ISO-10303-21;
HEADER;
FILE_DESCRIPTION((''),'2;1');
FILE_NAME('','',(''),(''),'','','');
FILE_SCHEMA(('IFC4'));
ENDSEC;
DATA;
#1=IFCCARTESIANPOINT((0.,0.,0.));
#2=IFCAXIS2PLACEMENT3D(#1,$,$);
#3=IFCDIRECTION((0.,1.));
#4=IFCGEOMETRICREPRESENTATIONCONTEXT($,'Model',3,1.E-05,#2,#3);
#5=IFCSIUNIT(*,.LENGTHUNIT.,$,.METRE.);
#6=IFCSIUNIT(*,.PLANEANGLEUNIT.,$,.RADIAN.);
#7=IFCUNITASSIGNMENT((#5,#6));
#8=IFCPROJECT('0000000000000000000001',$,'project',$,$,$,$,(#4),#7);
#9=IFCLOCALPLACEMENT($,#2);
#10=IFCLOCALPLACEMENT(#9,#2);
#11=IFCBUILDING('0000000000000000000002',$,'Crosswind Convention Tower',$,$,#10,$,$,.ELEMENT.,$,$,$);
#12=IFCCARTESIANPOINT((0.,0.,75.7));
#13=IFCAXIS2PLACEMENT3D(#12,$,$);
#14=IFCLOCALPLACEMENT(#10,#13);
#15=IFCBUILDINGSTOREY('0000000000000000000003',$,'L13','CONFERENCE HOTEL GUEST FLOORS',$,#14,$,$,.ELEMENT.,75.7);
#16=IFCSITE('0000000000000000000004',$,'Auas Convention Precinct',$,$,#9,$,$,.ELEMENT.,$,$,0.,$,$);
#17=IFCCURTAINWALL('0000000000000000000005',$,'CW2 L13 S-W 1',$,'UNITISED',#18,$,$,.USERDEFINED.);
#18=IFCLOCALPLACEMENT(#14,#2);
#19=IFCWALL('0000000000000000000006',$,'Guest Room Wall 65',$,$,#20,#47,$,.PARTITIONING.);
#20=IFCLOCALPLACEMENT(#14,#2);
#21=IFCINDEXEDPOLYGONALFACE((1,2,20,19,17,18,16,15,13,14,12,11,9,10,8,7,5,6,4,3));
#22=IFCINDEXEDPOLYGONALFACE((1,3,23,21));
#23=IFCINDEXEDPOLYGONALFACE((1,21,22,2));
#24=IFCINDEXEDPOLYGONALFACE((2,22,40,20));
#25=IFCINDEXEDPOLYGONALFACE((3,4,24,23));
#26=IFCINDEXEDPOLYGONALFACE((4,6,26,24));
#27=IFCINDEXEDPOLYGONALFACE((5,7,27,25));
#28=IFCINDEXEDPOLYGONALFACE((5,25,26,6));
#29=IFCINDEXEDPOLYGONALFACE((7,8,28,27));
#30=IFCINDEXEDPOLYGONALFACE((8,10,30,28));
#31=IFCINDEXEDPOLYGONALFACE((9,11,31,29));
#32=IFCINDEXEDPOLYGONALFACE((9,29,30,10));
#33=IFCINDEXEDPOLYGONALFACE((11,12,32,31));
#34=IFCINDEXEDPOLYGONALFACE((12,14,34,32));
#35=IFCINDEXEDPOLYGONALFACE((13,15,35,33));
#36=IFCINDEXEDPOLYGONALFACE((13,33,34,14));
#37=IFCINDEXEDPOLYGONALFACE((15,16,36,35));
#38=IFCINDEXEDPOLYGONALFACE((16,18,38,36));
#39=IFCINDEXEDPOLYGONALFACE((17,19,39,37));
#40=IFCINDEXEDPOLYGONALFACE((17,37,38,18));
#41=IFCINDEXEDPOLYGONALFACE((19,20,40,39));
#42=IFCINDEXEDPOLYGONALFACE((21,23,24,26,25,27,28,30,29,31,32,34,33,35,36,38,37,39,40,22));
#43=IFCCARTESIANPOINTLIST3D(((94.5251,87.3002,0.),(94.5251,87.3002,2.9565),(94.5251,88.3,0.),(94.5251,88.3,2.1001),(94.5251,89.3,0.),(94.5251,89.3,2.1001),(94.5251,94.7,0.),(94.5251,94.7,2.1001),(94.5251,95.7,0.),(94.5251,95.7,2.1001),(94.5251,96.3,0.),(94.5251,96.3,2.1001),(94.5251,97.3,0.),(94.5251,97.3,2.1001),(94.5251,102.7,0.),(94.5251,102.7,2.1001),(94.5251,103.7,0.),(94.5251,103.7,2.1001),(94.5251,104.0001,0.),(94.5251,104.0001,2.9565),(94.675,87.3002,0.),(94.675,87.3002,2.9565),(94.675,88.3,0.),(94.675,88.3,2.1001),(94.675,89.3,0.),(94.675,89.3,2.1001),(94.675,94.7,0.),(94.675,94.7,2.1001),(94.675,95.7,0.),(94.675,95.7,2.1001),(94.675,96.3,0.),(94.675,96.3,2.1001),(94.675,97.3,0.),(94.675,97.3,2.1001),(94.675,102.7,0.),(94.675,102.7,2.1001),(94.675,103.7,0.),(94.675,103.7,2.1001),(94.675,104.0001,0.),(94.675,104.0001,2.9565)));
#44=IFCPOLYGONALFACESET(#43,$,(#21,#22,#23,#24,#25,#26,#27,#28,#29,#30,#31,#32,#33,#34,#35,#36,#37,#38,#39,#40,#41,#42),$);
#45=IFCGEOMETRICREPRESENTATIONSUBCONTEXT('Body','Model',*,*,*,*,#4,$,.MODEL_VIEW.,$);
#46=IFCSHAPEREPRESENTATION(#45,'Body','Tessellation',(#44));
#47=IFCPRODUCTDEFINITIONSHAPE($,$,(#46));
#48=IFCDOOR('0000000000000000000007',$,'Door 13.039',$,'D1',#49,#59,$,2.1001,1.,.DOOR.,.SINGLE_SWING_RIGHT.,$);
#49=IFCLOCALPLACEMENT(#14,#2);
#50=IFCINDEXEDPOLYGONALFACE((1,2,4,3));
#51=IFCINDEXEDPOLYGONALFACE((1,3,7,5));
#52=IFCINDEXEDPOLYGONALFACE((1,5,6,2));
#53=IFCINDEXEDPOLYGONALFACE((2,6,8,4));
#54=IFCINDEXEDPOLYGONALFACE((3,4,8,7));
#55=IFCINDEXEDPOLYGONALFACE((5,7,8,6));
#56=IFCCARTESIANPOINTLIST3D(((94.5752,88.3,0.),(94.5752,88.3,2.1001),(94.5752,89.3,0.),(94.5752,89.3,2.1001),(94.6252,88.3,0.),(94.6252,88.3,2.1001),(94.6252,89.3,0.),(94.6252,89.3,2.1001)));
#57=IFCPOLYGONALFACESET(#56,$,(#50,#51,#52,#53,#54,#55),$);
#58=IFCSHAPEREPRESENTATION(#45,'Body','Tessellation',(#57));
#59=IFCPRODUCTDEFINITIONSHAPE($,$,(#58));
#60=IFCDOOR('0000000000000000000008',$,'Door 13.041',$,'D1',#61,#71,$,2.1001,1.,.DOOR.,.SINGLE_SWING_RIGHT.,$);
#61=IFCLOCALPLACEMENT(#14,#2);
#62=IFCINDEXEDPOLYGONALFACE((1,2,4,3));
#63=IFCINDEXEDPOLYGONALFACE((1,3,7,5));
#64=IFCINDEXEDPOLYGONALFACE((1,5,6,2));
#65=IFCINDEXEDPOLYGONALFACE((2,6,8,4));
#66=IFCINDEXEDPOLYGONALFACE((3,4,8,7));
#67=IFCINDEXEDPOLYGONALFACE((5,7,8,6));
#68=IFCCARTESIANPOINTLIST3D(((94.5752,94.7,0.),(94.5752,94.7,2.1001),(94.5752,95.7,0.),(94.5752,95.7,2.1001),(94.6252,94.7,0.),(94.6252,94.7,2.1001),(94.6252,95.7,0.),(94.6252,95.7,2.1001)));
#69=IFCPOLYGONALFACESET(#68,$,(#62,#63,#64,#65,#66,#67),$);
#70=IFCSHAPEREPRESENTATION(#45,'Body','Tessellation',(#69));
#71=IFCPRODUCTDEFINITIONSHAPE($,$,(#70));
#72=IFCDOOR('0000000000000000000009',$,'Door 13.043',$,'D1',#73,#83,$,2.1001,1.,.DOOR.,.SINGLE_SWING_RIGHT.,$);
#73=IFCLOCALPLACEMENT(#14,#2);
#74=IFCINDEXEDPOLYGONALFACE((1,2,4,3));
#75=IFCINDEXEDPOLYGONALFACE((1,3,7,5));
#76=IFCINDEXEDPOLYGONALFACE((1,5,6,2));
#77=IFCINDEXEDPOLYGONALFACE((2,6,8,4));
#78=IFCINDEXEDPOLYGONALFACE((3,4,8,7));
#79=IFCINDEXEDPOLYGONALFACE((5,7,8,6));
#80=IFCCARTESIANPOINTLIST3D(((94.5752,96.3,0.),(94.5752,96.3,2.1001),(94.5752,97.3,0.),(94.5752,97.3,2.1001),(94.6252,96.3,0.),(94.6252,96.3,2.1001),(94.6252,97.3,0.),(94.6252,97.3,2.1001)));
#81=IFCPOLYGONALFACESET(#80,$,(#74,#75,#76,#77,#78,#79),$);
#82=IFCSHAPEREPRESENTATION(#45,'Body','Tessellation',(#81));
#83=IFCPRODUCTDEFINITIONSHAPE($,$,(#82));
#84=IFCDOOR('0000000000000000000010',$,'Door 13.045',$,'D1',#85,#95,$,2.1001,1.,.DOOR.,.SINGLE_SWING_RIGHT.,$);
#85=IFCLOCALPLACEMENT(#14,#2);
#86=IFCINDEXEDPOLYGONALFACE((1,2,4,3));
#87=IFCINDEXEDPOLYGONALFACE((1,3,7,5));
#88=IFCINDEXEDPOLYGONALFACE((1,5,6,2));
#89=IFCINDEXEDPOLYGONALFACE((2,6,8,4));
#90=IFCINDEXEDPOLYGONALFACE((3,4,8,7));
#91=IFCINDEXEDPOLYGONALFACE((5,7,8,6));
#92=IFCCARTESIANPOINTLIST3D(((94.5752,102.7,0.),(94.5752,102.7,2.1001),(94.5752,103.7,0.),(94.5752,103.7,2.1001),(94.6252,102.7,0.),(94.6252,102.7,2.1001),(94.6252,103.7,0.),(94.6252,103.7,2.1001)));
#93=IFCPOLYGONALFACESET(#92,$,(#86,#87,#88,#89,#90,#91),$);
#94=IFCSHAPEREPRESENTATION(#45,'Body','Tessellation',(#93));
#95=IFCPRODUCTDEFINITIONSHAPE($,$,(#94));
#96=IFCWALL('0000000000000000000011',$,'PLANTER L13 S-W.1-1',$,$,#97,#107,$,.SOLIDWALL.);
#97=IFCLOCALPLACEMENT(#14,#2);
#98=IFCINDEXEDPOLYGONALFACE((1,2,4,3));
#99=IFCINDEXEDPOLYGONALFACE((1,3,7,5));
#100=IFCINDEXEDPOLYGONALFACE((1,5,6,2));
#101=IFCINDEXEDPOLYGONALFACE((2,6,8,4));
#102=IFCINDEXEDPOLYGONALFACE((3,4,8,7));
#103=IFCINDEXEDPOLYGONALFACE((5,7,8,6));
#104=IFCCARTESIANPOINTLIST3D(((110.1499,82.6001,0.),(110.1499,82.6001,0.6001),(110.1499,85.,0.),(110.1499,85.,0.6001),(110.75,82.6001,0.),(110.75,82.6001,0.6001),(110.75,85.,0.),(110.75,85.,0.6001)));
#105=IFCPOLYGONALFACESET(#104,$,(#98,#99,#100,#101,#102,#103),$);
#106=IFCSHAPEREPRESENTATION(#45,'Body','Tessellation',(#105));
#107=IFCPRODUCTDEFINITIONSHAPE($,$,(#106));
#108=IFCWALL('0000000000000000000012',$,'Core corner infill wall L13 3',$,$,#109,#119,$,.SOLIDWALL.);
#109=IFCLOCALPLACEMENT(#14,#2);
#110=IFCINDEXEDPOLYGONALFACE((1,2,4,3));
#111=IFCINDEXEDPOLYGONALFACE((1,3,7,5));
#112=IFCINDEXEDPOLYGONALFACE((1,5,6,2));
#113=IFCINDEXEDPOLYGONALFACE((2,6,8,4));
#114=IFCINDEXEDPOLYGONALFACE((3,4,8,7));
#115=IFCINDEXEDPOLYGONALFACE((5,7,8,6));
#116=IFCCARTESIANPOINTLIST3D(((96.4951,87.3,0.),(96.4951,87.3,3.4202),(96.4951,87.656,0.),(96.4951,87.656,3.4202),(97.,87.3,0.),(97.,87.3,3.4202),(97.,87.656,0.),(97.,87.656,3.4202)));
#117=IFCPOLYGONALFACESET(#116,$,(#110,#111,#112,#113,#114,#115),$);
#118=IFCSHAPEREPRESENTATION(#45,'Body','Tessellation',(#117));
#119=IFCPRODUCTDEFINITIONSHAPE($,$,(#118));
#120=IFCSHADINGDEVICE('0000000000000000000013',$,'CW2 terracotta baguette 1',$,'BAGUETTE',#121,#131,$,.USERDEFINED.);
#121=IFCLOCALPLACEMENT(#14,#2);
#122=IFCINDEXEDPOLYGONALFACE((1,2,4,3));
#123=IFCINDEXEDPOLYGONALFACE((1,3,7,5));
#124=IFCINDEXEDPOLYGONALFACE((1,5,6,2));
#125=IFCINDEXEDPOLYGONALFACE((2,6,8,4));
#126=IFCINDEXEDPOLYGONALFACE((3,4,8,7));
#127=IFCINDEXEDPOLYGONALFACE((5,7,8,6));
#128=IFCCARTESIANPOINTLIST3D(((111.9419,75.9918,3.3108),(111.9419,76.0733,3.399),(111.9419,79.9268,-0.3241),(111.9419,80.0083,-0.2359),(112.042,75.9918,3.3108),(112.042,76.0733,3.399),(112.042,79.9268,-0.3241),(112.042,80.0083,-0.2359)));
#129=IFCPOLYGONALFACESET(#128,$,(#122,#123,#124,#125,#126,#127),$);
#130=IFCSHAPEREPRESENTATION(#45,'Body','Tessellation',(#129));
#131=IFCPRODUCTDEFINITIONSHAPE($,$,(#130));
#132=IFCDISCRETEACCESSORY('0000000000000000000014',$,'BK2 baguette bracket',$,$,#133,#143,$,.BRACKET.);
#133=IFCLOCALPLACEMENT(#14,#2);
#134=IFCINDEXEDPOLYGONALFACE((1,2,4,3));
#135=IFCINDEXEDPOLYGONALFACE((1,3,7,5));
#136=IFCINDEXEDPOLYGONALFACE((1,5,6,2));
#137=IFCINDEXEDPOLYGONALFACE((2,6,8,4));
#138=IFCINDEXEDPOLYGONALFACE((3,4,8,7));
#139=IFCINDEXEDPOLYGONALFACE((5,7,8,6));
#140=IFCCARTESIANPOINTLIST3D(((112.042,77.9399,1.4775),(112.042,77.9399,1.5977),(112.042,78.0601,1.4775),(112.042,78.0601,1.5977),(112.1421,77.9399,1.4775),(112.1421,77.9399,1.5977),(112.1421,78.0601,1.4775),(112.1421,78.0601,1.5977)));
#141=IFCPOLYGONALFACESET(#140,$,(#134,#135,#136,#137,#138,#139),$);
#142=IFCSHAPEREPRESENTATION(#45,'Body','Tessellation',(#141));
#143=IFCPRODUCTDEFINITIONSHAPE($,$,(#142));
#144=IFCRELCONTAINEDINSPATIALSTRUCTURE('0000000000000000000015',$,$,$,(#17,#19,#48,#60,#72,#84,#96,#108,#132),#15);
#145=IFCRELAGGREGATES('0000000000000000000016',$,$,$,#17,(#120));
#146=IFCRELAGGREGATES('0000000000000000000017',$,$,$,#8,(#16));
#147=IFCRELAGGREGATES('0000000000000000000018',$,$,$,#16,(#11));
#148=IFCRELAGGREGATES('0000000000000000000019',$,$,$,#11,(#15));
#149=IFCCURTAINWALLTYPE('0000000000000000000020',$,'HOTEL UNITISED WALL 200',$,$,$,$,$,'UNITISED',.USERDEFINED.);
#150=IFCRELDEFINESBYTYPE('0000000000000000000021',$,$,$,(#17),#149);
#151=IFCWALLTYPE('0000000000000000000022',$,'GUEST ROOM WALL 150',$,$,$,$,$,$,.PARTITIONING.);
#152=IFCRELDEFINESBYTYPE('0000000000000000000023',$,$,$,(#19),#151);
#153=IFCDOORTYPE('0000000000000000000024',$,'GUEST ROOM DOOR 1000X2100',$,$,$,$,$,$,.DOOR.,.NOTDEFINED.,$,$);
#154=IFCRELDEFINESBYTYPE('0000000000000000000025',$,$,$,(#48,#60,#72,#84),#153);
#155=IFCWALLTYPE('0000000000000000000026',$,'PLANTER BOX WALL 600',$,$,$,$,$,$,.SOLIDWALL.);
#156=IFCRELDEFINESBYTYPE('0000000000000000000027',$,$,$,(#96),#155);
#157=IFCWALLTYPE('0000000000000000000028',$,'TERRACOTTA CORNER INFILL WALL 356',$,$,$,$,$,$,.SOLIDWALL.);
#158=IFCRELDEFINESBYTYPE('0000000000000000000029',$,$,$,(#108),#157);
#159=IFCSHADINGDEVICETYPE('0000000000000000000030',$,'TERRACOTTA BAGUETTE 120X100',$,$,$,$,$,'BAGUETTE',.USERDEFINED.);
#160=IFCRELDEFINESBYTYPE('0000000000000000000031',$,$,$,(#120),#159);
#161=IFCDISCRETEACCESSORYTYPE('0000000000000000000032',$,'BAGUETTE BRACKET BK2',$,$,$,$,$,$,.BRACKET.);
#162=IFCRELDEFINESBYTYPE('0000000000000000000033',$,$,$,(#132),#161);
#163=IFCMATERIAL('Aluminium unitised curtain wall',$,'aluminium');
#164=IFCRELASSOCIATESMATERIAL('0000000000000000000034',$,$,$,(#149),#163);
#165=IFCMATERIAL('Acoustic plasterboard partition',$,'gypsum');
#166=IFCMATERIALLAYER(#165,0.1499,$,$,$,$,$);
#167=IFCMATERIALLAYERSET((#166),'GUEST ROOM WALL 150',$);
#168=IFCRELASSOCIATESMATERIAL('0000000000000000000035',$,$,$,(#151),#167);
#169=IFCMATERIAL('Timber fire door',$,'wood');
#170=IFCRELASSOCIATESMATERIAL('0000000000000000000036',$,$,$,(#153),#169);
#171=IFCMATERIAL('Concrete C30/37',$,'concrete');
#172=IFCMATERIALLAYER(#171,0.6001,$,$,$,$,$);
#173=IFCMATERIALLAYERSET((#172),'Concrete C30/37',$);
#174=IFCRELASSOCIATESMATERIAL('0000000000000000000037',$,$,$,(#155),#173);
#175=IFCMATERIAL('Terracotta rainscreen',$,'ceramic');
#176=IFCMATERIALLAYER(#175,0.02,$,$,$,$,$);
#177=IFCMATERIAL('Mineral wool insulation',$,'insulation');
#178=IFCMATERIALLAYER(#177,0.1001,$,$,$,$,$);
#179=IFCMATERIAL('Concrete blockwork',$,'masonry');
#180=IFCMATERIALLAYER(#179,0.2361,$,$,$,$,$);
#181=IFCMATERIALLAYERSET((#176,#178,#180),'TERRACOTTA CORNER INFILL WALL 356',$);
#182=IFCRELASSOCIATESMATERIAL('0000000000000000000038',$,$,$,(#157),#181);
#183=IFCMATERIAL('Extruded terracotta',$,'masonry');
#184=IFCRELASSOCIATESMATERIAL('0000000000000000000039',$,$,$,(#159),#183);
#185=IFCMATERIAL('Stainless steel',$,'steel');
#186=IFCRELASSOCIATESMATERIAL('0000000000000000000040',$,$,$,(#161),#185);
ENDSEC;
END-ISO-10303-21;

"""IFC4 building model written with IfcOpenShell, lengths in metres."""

from ifc_helpers import new_model, si_unit, direction, frame, frame_2d, origin, origin_2d, place, context, subcontext, project, spatial, rectangle, extrude, material, layer, layer_set, material_profile, profile_set, type_object, element, fill, aggregate, save


model = new_model("IFC4")

# Units and contexts
model_context = context("Model", 3, precision=1e-05, world=origin(), true_north=direction((0.0, 1.0)))
body_context = subcontext(model_context, "Body", "Model", "MODEL_VIEW")
ifc_project = project(units=[si_unit("LENGTHUNIT", "METRE"), si_unit("PLANEANGLEUNIT", "RADIAN")], contexts=[model_context])

# Site, building, storey
site_placement = place(None, origin())
site = spatial("IfcSite", under=ifc_project, at=site_placement, Name="Auas Convention Precinct", CompositionType="ELEMENT", RefElevation=0.0)
building_placement = place(site_placement, origin())
building = spatial("IfcBuilding", under=site, at=building_placement, Name="Crosswind Convention Tower", CompositionType="ELEMENT")
storey_placement = place(building_placement, frame((0.0, 0.0, 75.7)))
storey = spatial("IfcBuildingStorey", under=building, at=storey_placement, Name="L13", Description="CONFERENCE HOTEL GUEST FLOORS", CompositionType="ELEMENT", Elevation=75.7)

# Shared definitions
ifc_material_1 = material(Name="Aluminium unitised curtain wall", Category="aluminium")

# Curtain wall
curtain_wall_type_1 = type_object("IfcCurtainWallType", Name="HOTEL UNITISED WALL 200", ElementType="UNITISED", PredefinedType="USERDEFINED", material=ifc_material_1)
curtain_wall_1_placement = place(storey_placement, origin())
curtain_wall_1 = element("IfcCurtainWall", 1, at=curtain_wall_1_placement, inside=storey, type_object=curtain_wall_type_1, Name="CW2 L13 S-W 1", ObjectType="UNITISED", PredefinedType="USERDEFINED")

# Wall, openings, doors
ifc_material_2 = material(Name="Acoustic plasterboard partition", Category="gypsum")
ifc_layer_1 = layer(ifc_material_2, 0.1499)
ifc_layer_set_1 = layer_set([ifc_layer_1], Name="GUEST ROOM WALL 150")
wall_type_1 = type_object("IfcWallType", Name="GUEST ROOM WALL 150", PredefinedType="PARTITIONING", material=ifc_layer_set_1)
wall_1_placement = place(storey_placement, frame((94.6001, 87.3, 0.0), z_axis=(0.0, 0.0, 1.0), x_axis=(0.0, 1.0, 0.0)))
wall_1 = element("IfcWall", 2, at=wall_1_placement, inside=storey, type_object=wall_type_1, Name="Guest Room Wall 65", PredefinedType="PARTITIONING", context=body_context, shape_type="SweptSolid", body=[
    extrude(rectangle(XDim=16.7, YDim=0.1499, at=frame_2d((8.3501, 0.0))), origin(), (0.0, 0.0, 1.0), 2.9565),
])
opening_1_placement = place(wall_1_placement, frame((1.0, 0.0, 0.0)))
opening_1 = element("IfcOpeningElement", 3, at=opening_1_placement, cuts=wall_1, PredefinedType="OPENING", context=body_context, shape_type="SweptSolid", body=[
    extrude(rectangle(XDim=1.0, YDim=2.1001, at=frame_2d((0.5, 1.05))), frame((0.0, 0.085, 0.0), z_axis=(0.0, -1.0, 0.0), x_axis=(1.0, 0.0, 0.0)), (0.0, 0.0, 1.0), 0.1699),
])
opening_2_placement = place(wall_1_placement, frame((7.3999, 0.0, 0.0)))
opening_2 = element("IfcOpeningElement", 4, at=opening_2_placement, cuts=wall_1, PredefinedType="OPENING", context=body_context, shape_type="SweptSolid", body=[
    extrude(rectangle(XDim=1.0, YDim=2.1001, at=frame_2d((0.5, 1.05))), frame((0.0, 0.085, 0.0), z_axis=(0.0, -1.0, 0.0), x_axis=(1.0, 0.0, 0.0)), (0.0, 0.0, 1.0), 0.1699),
])
opening_3_placement = place(wall_1_placement, frame((9.0, 0.0, 0.0)))
opening_3 = element("IfcOpeningElement", 5, at=opening_3_placement, cuts=wall_1, PredefinedType="OPENING", context=body_context, shape_type="SweptSolid", body=[
    extrude(rectangle(XDim=1.0, YDim=2.1001, at=frame_2d((0.5, 1.05))), frame((0.0, 0.085, 0.0), z_axis=(0.0, -1.0, 0.0), x_axis=(1.0, 0.0, 0.0)), (0.0, 0.0, 1.0), 0.1699),
])
opening_4_placement = place(wall_1_placement, frame((15.3999, 0.0, 0.0)))
opening_4 = element("IfcOpeningElement", 6, at=opening_4_placement, cuts=wall_1, PredefinedType="OPENING", context=body_context, shape_type="SweptSolid", body=[
    extrude(rectangle(XDim=1.0, YDim=2.1001, at=frame_2d((0.5, 1.05))), frame((0.0, 0.085, 0.0), z_axis=(0.0, -1.0, 0.0), x_axis=(1.0, 0.0, 0.0)), (0.0, 0.0, 1.0), 0.1699),
])
ifc_material_3 = material(Name="Timber fire door", Category="wood")
door_type = type_object("IfcDoorType", Name="GUEST ROOM DOOR 1000X2100", OperationType="NOTDEFINED", PredefinedType="DOOR", material=ifc_material_3)
door_1_placement = place(opening_1_placement, origin())
door_1 = element("IfcDoor", 7, at=door_1_placement, inside=storey, type_object=door_type, Name="Door 13.039", ObjectType="D1", OperationType="SINGLE_SWING_RIGHT", OverallHeight=2.1001, OverallWidth=1.0, PredefinedType="DOOR", context=body_context, shape_type="SweptSolid", body=[
    extrude(rectangle(XDim=1.0, YDim=2.1001, at=frame_2d((0.5, 1.05))), frame((0.0, 0.0249, 0.0), z_axis=(0.0, -1.0, 0.0), x_axis=(1.0, 0.0, 0.0)), (0.0, 0.0, 1.0), 0.05),
])
fill(opening_1, door_1)
door_2_placement = place(opening_2_placement, origin())
door_2 = element("IfcDoor", 8, at=door_2_placement, inside=storey, type_object=door_type, Name="Door 13.041", ObjectType="D1", OperationType="SINGLE_SWING_RIGHT", OverallHeight=2.1001, OverallWidth=1.0, PredefinedType="DOOR", context=body_context, shape_type="SweptSolid", body=[
    extrude(rectangle(XDim=1.0, YDim=2.1001, at=frame_2d((0.5, 1.05))), frame((0.0, 0.0249, 0.0), z_axis=(0.0, -1.0, 0.0), x_axis=(1.0, 0.0, 0.0)), (0.0, 0.0, 1.0), 0.05),
])
fill(opening_2, door_2)
door_3_placement = place(opening_3_placement, origin())
door_3 = element("IfcDoor", 9, at=door_3_placement, inside=storey, type_object=door_type, Name="Door 13.043", ObjectType="D1", OperationType="SINGLE_SWING_RIGHT", OverallHeight=2.1001, OverallWidth=1.0, PredefinedType="DOOR", context=body_context, shape_type="SweptSolid", body=[
    extrude(rectangle(XDim=1.0, YDim=2.1001, at=frame_2d((0.5, 1.05))), frame((0.0, 0.0249, 0.0), z_axis=(0.0, -1.0, 0.0), x_axis=(1.0, 0.0, 0.0)), (0.0, 0.0, 1.0), 0.05),
])
fill(opening_3, door_3)
door_4_placement = place(opening_4_placement, origin())
door_4 = element("IfcDoor", 10, at=door_4_placement, inside=storey, type_object=door_type, Name="Door 13.045", ObjectType="D1", OperationType="SINGLE_SWING_RIGHT", OverallHeight=2.1001, OverallWidth=1.0, PredefinedType="DOOR", context=body_context, shape_type="SweptSolid", body=[
    extrude(rectangle(XDim=1.0, YDim=2.1001, at=frame_2d((0.5, 1.05))), frame((0.0, 0.0249, 0.0), z_axis=(0.0, -1.0, 0.0), x_axis=(1.0, 0.0, 0.0)), (0.0, 0.0, 1.0), 0.05),
])
fill(opening_4, door_4)

# Walls
ifc_material_4 = material(Name="Concrete C30/37", Category="concrete")
ifc_layer_2 = layer(ifc_material_4, 0.6001)
ifc_layer_set_2 = layer_set([ifc_layer_2], Name="Concrete C30/37")
wall_type_2 = type_object("IfcWallType", Name="PLANTER BOX WALL 600", PredefinedType="SOLIDWALL", material=ifc_layer_set_2)
wall_2_placement = place(storey_placement, frame((110.45, 85.0, 0.0), z_axis=(0.0, 0.0, 1.0), x_axis=(0.0, -1.0, 0.0)))
element("IfcWall", 11, at=wall_2_placement, inside=storey, type_object=wall_type_2, Name="PLANTER L13 S-W.1-1", PredefinedType="SOLIDWALL", context=body_context, shape_type="SweptSolid", body=[
    extrude(rectangle(XDim=2.3999, YDim=0.6001, at=frame_2d((1.2, 0.0))), origin(), (0.0, 0.0, 1.0), 0.6001),
])
ifc_material_5 = material(Name="Terracotta rainscreen", Category="ceramic")
ifc_layer_3 = layer(ifc_material_5, 0.02)
ifc_material_6 = material(Name="Mineral wool insulation", Category="insulation")
ifc_layer_4 = layer(ifc_material_6, 0.1001)
ifc_material_7 = material(Name="Concrete blockwork", Category="masonry")
ifc_layer_5 = layer(ifc_material_7, 0.2361)
ifc_layer_set_3 = layer_set([ifc_layer_3, ifc_layer_4, ifc_layer_5], Name="TERRACOTTA CORNER INFILL WALL 356")
wall_type_3 = type_object("IfcWallType", Name="TERRACOTTA CORNER INFILL WALL 356", PredefinedType="SOLIDWALL", material=ifc_layer_set_3)
wall_3_placement = place(storey_placement, frame((96.4951, 87.478, 0.0), z_axis=(0.0, 0.0, 1.0), x_axis=(1.0, 0.0, 0.0)))
element("IfcWall", 12, at=wall_3_placement, inside=storey, type_object=wall_type_3, Name="Core corner infill wall L13 3", PredefinedType="SOLIDWALL", context=body_context, shape_type="SweptSolid", body=[
    extrude(rectangle(XDim=0.5049, YDim=0.356, at=frame_2d((0.2524, 0.0))), origin(), (0.0, 0.0, 1.0), 3.4202),
])

# Shading device
ifc_material_8 = material(Name="Extruded terracotta", Category="masonry")
ifc_material_profile_1 = material_profile(ifc_material_8, rectangle(XDim=0.1001, YDim=0.1201, at=origin_2d()), Name="TC 100X120")
ifc_profile_set_1 = profile_set([ifc_material_profile_1], Name="Extruded terracotta")
shading_device_type = type_object("IfcShadingDeviceType", Name="TERRACOTTA BAGUETTE 120X100", ElementType="BAGUETTE", PredefinedType="USERDEFINED", material=ifc_profile_set_1)
shading_device_placement = place(storey_placement, frame((111.9919, 79.9675, -0.28), z_axis=(0.0, -0.734557, 0.678547), x_axis=(1.0, 0.0, 0.0)))
shading_device = element("IfcShadingDevice", 13, at=shading_device_placement, type_object=shading_device_type, Name="CW2 terracotta baguette 1", ObjectType="BAGUETTE", PredefinedType="USERDEFINED", context=body_context, shape_type="SweptSolid", body=[
    extrude(rectangle(XDim=0.1001, YDim=0.1201, at=origin_2d()), origin(), (0.0, 0.0, 1.0), 5.3569),
])
aggregate(curtain_wall_1, [shading_device])

# Discrete accessory
ifc_material_9 = material(Name="Stainless steel", Category="steel")
discrete_accessory_type = type_object("IfcDiscreteAccessoryType", Name="BAGUETTE BRACKET BK2", PredefinedType="BRACKET", material=ifc_material_9)
discrete_accessory_placement = place(storey_placement, frame((112.092, 78.0, 1.4775), z_axis=(0.0, 0.0, 1.0), x_axis=(0.0, -1.0, 0.0)))
element("IfcDiscreteAccessory", 14, at=discrete_accessory_placement, inside=storey, type_object=discrete_accessory_type, Name="BK2 baguette bracket", PredefinedType="BRACKET", context=body_context, shape_type="SweptSolid", body=[
    extrude(rectangle(XDim=0.1201, YDim=0.1001, at=origin_2d()), origin(), (0.0, 0.0, 1.0), 0.1201),
])

save(model, "model.ifc")
